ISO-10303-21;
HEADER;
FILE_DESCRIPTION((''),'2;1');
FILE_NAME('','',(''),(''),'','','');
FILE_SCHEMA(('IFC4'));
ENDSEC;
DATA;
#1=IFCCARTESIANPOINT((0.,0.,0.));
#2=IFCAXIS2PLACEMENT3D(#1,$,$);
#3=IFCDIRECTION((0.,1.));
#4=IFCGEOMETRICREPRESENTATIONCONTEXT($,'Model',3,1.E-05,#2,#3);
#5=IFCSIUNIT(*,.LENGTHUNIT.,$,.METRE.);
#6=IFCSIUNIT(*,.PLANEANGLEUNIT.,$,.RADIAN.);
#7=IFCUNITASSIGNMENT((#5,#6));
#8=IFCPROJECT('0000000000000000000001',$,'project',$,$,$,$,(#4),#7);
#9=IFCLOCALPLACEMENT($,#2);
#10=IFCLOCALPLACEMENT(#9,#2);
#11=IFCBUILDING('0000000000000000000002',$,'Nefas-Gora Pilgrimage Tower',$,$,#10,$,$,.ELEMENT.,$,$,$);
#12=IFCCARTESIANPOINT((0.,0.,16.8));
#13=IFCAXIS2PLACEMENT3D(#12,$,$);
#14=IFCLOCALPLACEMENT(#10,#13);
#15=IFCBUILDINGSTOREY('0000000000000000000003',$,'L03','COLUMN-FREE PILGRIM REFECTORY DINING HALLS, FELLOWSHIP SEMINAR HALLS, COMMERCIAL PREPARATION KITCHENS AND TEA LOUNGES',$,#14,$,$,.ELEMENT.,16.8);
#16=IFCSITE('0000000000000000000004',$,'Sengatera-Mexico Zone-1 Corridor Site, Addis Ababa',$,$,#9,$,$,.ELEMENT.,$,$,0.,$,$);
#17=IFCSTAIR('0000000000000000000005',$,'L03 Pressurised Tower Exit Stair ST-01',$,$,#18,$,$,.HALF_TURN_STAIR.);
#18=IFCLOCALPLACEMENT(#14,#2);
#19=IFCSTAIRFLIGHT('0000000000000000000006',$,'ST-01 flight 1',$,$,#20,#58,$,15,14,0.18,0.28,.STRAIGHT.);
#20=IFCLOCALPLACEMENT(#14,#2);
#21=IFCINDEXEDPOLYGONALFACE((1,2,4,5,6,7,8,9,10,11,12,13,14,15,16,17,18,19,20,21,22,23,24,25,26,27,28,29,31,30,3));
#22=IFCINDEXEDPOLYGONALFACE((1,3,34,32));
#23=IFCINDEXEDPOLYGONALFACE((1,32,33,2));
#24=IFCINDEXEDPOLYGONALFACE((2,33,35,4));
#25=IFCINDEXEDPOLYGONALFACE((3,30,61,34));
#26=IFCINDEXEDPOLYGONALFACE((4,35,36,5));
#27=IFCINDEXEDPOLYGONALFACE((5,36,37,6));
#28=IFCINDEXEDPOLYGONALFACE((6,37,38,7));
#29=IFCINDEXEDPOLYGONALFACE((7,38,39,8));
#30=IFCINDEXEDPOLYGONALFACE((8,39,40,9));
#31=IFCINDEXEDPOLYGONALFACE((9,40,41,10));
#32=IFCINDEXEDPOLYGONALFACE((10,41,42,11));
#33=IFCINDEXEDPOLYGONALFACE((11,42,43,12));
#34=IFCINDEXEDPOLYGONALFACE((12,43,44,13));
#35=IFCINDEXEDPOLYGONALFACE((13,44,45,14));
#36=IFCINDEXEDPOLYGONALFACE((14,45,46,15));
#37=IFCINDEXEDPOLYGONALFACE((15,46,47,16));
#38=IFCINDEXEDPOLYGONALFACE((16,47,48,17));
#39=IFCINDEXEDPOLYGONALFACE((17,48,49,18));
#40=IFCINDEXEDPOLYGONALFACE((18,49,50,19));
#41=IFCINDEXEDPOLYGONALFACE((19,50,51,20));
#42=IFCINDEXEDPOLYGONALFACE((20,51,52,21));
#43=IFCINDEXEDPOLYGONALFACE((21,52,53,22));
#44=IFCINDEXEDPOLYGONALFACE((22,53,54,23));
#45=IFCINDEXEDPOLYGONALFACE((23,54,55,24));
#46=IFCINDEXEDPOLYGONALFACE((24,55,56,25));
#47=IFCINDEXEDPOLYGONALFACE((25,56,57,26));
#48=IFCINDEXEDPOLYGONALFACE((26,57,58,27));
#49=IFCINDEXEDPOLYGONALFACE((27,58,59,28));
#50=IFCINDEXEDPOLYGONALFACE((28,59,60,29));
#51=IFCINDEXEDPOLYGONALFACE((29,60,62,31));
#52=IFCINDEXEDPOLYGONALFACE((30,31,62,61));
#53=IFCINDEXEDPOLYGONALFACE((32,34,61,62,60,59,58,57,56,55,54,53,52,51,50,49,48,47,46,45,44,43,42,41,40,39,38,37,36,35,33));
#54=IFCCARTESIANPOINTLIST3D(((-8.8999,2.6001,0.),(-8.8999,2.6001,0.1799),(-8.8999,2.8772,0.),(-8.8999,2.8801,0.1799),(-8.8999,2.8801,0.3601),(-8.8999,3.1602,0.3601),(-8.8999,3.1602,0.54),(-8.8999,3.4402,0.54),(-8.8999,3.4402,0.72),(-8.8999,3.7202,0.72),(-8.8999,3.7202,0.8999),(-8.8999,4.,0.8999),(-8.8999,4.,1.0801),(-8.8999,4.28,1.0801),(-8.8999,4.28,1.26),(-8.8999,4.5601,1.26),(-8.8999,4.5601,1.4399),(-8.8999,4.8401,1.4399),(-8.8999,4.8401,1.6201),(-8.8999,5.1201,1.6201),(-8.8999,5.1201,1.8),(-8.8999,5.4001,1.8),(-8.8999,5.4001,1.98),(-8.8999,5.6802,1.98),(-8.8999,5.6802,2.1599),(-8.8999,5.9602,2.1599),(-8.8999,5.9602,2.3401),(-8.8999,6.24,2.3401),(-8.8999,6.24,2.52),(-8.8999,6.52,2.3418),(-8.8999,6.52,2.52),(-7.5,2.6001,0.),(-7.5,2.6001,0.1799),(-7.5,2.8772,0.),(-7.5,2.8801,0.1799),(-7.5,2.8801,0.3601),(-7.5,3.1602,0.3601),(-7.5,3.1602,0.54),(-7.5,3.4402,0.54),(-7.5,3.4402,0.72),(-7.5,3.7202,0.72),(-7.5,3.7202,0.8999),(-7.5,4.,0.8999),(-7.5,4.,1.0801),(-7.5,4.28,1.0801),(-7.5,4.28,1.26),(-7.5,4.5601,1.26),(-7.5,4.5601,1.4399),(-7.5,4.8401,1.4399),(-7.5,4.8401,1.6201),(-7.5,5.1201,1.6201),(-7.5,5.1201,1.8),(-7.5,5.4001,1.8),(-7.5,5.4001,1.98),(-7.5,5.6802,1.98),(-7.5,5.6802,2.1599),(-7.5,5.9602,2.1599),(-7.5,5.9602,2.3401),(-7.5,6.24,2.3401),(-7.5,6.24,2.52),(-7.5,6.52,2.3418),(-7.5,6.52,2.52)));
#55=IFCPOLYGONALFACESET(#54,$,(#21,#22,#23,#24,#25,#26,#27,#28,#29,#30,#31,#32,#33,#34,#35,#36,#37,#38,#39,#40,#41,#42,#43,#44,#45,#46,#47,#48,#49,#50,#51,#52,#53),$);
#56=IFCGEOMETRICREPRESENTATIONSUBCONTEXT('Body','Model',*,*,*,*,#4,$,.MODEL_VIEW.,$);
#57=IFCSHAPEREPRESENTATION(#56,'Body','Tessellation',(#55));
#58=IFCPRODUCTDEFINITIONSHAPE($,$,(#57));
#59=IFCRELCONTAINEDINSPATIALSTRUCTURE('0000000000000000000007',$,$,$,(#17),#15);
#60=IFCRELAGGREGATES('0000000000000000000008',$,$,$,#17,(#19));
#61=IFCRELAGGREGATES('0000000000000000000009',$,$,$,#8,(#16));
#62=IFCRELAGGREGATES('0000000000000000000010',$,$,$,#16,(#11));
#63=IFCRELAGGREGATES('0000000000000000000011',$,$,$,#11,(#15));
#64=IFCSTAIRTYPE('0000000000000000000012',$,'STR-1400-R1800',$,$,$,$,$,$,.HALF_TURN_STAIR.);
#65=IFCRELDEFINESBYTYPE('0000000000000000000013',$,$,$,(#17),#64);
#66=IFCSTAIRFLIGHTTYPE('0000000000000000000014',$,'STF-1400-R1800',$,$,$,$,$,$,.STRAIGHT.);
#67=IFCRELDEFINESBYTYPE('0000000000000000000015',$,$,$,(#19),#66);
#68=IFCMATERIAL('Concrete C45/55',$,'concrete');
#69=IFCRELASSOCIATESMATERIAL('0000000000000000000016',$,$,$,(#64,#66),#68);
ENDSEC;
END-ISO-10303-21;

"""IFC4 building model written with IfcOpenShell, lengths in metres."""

from ifc_helpers import new_model, si_unit, direction, frame, origin, place, context, subcontext, project, spatial, polyline, outline, extrude, source, transform, mapped, material, type_object, element, aggregate, save


model = new_model("IFC4")

# Units and contexts
model_context = context("Model", 3, precision=1e-05, world=origin(), true_north=direction((0.0, 1.0)))
body_context = subcontext(model_context, "Body", "Model", "MODEL_VIEW")
ifc_project = project(units=[si_unit("LENGTHUNIT", "METRE"), si_unit("PLANEANGLEUNIT", "RADIAN")], contexts=[model_context])

# Site, building, storey
site_placement = place(None, origin())
site = spatial("IfcSite", under=ifc_project, at=site_placement, Name="Sengatera-Mexico Zone-1 Corridor Site, Addis Ababa", CompositionType="ELEMENT", RefElevation=0.0)
building_placement = place(site_placement, origin())
building = spatial("IfcBuilding", under=site, at=building_placement, Name="Nefas-Gora Pilgrimage Tower", CompositionType="ELEMENT")
storey_placement = place(building_placement, frame((0.0, 0.0, 16.8)))
storey = spatial("IfcBuildingStorey", under=building, at=storey_placement, Name="L03", Description="COLUMN-FREE PILGRIM REFECTORY DINING HALLS, FELLOWSHIP SEMINAR HALLS, COMMERCIAL PREPARATION KITCHENS AND TEA LOUNGES", CompositionType="ELEMENT", Elevation=16.8)

# Shared definitions
ifc_material_1 = material(Name="Concrete C45/55", Category="concrete")

# Stair, stair flight
stair_type = type_object("IfcStairType", Name="STR-1400-R1800", PredefinedType="HALF_TURN_STAIR", material=ifc_material_1)
stair_placement = place(storey_placement, origin())
stair = element("IfcStair", 1, at=stair_placement, inside=storey, type_object=stair_type, Name="L03 Pressurised Tower Exit Stair ST-01", PredefinedType="HALF_TURN_STAIR")
stair_flight_type = type_object("IfcStairFlightType", Name="STF-1400-R1800", PredefinedType="STRAIGHT", material=ifc_material_1)
shared_shape_1 = source(origin(), body_context, "Body", "SweptSolid", [
    extrude(outline(polyline([(0.0, 0.0), (0.0, 0.1799), (0.28, 0.1799), (0.28, 0.3601), (0.5601, 0.3601), (0.5601, 0.54), (0.8401, 0.54), (0.8401, 0.72), (1.1201, 0.72), (1.1201, 0.8999), (1.3999, 0.8999), (1.3999, 1.0801), (1.6799, 1.0801), (1.6799, 1.26), (1.96, 1.26), (1.96, 1.4399), (2.24, 1.4399), (2.24, 1.6201), (2.52, 1.6201), (2.52, 1.8), (2.8, 1.8), (2.8, 1.98), (3.0801, 1.98), (3.0801, 2.1599), (3.3601, 2.1599), (3.3601, 2.3401), (3.6399, 2.3401), (3.6399, 2.52), (3.9199, 2.52), (3.9199, 2.7), (3.9199, 2.3418), (0.2771, 0.0), (0.0, 0.0)])), frame((0.0, 0.7, 0.0), z_axis=(0.0, -1.0, 0.0), x_axis=(1.0, 0.0, 0.0)), (0.0, 0.0, 1.0), 1.3999),
])
stair_flight_placement = place(storey_placement, frame((-8.2, 2.6001, 0.0), z_axis=(0.0, 0.0, 1.0), x_axis=(0.0, 1.0, 0.0)))
stair_flight = element("IfcStairFlight", 2, at=stair_flight_placement, type_object=stair_flight_type, Name="ST-01 flight 1", NumberOfRisers=15, NumberOfTreads=14, PredefinedType="STRAIGHT", RiserHeight=0.18, TreadLength=0.28, context=body_context, shape_type="MappedRepresentation", body=[
    mapped(shared_shape_1, transform((0.0, 0.0, 0.0), x_axis=(1.0, 0.0, 0.0), y_axis=(0.0, 1.0, 0.0), z_axis=(0.0, 0.0, 1.0), scale=1.0)),
])
aggregate(stair, [stair_flight])

save(model, "model.ifc")
